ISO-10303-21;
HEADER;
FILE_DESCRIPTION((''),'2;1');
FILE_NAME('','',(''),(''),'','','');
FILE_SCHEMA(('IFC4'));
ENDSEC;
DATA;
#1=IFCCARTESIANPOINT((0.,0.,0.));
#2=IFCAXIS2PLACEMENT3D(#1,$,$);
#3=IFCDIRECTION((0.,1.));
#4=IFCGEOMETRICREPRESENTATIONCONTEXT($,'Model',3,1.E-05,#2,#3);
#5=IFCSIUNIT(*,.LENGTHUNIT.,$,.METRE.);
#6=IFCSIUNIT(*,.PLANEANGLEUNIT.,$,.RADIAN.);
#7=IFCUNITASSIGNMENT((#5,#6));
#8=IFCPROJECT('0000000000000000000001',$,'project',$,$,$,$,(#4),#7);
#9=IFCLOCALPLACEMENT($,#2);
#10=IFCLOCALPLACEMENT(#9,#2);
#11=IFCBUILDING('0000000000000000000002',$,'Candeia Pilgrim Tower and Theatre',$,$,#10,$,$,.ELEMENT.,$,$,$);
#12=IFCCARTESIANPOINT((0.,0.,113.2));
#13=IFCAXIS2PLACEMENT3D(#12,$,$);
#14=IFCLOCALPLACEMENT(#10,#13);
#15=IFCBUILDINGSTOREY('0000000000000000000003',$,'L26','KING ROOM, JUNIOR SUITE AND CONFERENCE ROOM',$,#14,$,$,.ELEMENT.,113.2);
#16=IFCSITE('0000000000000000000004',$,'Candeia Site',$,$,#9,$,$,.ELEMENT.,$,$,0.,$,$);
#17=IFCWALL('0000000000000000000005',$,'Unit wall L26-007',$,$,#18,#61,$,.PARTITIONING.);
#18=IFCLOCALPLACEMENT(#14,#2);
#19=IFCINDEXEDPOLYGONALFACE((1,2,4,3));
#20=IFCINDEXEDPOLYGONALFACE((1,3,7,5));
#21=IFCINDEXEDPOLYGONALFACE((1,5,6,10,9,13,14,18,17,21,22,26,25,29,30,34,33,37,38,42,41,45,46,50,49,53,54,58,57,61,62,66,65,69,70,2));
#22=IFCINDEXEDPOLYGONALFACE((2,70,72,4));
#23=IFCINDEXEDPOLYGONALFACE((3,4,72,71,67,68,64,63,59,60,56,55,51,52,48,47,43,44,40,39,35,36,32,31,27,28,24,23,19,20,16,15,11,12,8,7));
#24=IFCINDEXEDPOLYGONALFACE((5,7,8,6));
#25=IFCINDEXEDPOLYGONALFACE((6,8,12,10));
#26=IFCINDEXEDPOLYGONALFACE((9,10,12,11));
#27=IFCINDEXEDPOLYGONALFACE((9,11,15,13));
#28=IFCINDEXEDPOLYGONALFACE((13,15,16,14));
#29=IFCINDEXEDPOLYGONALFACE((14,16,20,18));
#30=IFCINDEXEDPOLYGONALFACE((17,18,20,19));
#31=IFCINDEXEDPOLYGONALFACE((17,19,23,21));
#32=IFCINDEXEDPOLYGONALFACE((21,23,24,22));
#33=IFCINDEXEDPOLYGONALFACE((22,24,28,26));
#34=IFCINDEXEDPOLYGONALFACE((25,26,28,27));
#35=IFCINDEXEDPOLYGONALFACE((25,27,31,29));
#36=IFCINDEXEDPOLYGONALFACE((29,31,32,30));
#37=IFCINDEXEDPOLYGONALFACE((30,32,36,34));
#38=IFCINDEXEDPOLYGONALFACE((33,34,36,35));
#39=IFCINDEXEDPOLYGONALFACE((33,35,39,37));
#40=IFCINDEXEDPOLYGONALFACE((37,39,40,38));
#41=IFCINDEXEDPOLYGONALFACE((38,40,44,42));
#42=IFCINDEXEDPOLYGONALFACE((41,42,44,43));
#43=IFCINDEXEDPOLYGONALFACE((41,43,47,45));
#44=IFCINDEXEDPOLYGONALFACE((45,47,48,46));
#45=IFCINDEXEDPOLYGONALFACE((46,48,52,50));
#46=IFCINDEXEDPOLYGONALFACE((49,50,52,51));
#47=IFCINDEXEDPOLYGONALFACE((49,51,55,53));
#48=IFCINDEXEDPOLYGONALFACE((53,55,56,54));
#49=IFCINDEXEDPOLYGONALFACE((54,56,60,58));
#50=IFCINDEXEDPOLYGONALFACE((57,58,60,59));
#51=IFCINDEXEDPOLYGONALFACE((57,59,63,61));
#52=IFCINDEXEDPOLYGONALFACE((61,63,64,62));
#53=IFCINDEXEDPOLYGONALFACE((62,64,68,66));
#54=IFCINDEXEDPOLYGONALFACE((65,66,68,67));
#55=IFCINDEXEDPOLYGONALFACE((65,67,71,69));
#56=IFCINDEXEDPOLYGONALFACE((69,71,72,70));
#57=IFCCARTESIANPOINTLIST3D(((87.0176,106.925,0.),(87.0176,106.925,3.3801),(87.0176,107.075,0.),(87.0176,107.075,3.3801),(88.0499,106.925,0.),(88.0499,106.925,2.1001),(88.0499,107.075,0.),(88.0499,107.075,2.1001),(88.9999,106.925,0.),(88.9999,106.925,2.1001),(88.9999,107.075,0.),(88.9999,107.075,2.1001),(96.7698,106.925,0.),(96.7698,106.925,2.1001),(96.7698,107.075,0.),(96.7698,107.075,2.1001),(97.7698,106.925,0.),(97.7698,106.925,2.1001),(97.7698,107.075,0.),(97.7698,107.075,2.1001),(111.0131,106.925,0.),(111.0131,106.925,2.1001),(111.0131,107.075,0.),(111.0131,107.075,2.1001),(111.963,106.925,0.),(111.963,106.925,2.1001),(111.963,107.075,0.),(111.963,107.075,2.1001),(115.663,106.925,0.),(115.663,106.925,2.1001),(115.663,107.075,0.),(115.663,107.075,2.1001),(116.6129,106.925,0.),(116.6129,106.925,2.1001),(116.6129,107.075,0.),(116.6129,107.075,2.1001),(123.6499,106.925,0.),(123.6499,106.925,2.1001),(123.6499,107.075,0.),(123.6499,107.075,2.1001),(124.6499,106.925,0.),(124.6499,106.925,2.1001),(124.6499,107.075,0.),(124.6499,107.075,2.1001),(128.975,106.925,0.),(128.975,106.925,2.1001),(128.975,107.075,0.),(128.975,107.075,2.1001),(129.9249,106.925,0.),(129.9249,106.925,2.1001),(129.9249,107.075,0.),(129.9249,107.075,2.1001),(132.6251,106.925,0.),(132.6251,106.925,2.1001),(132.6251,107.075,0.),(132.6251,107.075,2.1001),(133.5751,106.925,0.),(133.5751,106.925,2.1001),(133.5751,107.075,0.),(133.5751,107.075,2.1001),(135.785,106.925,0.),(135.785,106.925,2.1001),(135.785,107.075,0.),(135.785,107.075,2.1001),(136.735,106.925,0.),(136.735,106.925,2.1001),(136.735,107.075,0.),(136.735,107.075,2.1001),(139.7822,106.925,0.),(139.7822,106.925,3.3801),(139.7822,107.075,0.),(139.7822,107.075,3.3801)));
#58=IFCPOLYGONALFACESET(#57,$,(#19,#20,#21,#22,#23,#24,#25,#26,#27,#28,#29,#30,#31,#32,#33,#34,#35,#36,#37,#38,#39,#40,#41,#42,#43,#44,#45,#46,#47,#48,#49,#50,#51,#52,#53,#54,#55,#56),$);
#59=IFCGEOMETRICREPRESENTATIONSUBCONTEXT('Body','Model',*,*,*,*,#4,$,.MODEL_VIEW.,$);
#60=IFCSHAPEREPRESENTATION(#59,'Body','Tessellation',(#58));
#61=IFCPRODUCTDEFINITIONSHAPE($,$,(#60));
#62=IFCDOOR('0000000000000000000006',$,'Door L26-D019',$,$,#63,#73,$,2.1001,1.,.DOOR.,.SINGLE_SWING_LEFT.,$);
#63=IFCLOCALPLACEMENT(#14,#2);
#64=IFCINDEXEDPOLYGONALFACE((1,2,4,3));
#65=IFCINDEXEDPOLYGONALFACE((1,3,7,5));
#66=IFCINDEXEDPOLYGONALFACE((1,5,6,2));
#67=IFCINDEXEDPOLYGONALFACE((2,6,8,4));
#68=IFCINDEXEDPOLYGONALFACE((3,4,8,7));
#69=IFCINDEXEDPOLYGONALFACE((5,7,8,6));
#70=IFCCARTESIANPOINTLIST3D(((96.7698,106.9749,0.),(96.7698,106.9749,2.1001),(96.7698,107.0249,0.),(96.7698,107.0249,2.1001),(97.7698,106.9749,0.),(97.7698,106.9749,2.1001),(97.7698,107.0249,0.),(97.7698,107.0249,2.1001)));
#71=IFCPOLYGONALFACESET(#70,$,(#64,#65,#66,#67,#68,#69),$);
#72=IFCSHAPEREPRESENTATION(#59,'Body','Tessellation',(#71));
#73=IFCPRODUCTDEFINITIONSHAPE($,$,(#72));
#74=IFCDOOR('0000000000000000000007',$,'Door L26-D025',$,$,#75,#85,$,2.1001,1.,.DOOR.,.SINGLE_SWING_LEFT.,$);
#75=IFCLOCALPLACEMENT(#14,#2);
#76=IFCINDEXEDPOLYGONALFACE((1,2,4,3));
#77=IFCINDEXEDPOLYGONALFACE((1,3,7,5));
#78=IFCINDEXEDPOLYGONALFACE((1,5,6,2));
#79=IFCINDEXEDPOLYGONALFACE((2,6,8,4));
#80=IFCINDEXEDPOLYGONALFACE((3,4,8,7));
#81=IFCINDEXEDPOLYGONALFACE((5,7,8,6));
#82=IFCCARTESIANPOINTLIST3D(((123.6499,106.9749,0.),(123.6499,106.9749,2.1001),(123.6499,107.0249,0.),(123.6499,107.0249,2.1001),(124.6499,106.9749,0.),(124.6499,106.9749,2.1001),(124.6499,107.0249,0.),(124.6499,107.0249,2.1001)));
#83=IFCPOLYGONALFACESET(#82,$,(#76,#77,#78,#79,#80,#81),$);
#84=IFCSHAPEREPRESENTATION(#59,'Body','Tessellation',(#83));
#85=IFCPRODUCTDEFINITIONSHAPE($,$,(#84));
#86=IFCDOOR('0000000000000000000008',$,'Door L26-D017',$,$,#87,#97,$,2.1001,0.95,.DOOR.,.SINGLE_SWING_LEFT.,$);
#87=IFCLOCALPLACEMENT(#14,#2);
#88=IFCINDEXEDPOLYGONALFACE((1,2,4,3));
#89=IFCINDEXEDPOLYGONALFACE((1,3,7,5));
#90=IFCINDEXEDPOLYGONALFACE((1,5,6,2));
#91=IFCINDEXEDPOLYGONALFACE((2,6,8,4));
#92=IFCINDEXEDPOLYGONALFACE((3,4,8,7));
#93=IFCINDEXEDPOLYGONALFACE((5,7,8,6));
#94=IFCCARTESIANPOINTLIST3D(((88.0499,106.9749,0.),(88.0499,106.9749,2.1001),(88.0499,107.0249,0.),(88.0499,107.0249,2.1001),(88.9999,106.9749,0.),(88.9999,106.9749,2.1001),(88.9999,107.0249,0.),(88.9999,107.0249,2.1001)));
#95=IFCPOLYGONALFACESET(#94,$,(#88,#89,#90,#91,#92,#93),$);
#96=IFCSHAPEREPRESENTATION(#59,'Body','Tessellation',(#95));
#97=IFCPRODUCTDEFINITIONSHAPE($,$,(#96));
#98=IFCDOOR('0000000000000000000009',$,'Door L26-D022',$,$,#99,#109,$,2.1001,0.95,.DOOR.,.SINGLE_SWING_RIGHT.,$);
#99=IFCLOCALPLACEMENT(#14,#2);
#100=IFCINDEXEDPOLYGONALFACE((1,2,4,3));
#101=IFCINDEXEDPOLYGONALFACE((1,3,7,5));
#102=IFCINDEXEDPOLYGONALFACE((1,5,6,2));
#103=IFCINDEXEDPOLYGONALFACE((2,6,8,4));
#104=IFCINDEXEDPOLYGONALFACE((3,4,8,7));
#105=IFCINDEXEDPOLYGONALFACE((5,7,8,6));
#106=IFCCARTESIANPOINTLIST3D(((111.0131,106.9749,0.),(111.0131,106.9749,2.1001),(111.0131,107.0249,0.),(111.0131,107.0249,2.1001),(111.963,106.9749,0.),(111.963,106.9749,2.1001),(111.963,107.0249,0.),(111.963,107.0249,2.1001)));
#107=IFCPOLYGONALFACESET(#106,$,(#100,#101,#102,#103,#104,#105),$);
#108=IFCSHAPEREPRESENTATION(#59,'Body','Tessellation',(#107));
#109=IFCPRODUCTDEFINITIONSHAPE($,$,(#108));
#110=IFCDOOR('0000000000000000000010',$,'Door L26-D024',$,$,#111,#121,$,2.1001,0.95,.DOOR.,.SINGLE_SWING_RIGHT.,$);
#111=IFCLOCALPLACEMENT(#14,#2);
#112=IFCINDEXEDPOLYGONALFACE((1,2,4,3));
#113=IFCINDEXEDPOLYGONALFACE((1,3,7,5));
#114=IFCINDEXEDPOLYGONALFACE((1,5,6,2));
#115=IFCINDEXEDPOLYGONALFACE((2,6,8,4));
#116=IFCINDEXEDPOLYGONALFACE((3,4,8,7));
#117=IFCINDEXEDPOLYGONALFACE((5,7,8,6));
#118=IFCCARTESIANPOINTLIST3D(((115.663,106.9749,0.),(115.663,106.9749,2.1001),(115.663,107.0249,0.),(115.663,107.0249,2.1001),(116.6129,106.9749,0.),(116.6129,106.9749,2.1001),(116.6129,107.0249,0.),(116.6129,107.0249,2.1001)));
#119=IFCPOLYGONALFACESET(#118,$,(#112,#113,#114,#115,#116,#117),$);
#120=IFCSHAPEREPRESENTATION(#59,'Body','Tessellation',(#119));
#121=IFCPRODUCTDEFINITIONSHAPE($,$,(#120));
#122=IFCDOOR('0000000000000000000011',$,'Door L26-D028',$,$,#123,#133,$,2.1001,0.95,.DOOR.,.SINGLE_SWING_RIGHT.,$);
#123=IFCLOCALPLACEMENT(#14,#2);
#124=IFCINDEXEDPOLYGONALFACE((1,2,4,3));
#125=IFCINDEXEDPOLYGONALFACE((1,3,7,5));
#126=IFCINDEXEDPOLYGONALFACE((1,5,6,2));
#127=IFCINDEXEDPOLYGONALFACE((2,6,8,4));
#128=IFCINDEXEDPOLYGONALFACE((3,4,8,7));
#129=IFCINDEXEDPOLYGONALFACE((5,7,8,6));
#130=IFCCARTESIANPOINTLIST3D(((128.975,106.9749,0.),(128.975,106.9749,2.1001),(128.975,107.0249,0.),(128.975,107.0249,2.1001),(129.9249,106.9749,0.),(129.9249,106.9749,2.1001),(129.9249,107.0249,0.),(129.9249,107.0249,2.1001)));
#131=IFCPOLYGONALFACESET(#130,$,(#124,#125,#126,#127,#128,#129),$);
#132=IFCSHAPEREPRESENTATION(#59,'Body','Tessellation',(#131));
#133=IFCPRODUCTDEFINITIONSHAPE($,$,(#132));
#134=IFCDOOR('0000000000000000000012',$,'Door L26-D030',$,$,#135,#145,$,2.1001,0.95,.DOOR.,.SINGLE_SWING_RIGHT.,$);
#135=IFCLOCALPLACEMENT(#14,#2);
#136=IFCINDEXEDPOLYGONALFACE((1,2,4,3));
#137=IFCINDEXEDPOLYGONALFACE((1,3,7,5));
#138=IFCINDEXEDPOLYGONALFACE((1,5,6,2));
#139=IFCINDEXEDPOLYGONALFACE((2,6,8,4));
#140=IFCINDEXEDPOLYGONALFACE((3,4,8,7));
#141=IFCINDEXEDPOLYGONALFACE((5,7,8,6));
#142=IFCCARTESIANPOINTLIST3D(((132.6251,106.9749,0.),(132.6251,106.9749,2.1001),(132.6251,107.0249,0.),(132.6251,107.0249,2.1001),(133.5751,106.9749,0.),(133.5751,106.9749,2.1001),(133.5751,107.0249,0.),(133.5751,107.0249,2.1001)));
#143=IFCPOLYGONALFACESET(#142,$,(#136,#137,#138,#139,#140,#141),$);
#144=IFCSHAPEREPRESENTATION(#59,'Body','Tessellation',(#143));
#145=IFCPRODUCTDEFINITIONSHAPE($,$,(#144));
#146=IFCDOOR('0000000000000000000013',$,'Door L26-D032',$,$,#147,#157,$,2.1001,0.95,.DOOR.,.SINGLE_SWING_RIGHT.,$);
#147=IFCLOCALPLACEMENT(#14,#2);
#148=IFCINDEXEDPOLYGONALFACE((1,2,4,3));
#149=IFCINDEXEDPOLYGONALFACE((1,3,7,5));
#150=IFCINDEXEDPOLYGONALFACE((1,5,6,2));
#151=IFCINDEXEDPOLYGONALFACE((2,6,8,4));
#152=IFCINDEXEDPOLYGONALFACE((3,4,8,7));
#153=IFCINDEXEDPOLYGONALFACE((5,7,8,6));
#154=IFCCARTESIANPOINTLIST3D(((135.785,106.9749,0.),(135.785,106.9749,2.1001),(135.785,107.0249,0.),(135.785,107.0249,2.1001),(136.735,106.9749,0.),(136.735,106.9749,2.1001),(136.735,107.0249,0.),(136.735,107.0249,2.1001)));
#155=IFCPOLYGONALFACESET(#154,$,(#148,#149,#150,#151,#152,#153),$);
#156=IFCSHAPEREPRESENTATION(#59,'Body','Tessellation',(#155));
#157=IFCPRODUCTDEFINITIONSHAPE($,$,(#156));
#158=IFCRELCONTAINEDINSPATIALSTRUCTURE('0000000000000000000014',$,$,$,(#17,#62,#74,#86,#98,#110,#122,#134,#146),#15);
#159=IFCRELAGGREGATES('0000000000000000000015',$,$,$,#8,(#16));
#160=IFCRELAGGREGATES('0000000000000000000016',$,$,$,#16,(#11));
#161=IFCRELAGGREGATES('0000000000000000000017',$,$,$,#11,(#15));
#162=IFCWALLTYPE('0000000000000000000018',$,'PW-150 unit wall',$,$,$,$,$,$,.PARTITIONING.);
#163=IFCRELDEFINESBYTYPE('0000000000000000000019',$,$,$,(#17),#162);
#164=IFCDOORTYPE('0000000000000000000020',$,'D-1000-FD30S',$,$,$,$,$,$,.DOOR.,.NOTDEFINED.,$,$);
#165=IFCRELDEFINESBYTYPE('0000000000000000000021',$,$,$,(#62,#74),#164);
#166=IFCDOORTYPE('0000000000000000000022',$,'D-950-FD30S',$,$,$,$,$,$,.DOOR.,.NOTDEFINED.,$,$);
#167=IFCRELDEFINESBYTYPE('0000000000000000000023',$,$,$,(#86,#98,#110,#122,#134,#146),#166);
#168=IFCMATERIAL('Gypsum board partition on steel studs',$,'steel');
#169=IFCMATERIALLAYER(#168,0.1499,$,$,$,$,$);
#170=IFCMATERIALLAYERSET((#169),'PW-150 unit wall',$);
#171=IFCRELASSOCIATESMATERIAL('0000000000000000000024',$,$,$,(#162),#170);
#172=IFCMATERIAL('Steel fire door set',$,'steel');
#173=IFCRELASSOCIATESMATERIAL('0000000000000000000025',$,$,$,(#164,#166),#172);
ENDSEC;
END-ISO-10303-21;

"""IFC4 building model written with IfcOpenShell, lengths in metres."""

from ifc_helpers import new_model, si_unit, direction, frame, frame_2d, origin, place, context, subcontext, project, spatial, rectangle, extrude, material, layer, layer_set, type_object, element, fill, save


model = new_model("IFC4")

# Units and contexts
model_context = context("Model", 3, precision=1e-05, world=origin(), true_north=direction((0.0, 1.0)))
body_context = subcontext(model_context, "Body", "Model", "MODEL_VIEW")
ifc_project = project(units=[si_unit("LENGTHUNIT", "METRE"), si_unit("PLANEANGLEUNIT", "RADIAN")], contexts=[model_context])

# Site, building, storey
site_placement = place(None, origin())
site = spatial("IfcSite", under=ifc_project, at=site_placement, Name="Candeia Site", CompositionType="ELEMENT", RefElevation=0.0)
building_placement = place(site_placement, origin())
building = spatial("IfcBuilding", under=site, at=building_placement, Name="Candeia Pilgrim Tower and Theatre", CompositionType="ELEMENT")
storey_placement = place(building_placement, frame((0.0, 0.0, 113.2)))
storey = spatial("IfcBuildingStorey", under=building, at=storey_placement, Name="L26", Description="KING ROOM, JUNIOR SUITE AND CONFERENCE ROOM", CompositionType="ELEMENT", Elevation=113.2)

# Shared definitions
ifc_material_1 = material(Name="Gypsum board partition on steel studs", Category="steel")

# Wall, openings, doors
ifc_layer_1 = layer(ifc_material_1, 0.1499)
ifc_layer_set_1 = layer_set([ifc_layer_1], Name="PW-150 unit wall")
wall_type_1 = type_object("IfcWallType", Name="PW-150 unit wall", PredefinedType="PARTITIONING", material=ifc_layer_set_1)
wall_1_placement = place(storey_placement, frame((87.0176, 107.0, 0.0), z_axis=(0.0, 0.0, 1.0), x_axis=(1.0, 0.0, 0.0)))
wall_1 = element("IfcWall", 1, at=wall_1_placement, inside=storey, type_object=wall_type_1, Name="Unit wall L26-007", PredefinedType="PARTITIONING", context=body_context, shape_type="SweptSolid", body=[
    extrude(rectangle(XDim=52.7646, YDim=0.1499, at=frame_2d((26.3823, 0.0))), origin(), (0.0, 0.0, 1.0), 3.3801),
])
opening_1_placement = place(wall_1_placement, frame((1.0322, 0.0, 0.0)))
opening_1 = element("IfcOpeningElement", 2, at=opening_1_placement, cuts=wall_1, PredefinedType="OPENING", context=body_context, shape_type="SweptSolid", body=[
    extrude(rectangle(XDim=0.95, YDim=2.1001, at=frame_2d((0.4751, 1.05))), frame((0.0, 0.085, 0.0), z_axis=(0.0, -1.0, 0.0), x_axis=(1.0, 0.0, 0.0)), (0.0, 0.0, 1.0), 0.1699),
])
opening_2_placement = place(wall_1_placement, frame((9.7522, 0.0, 0.0)))
opening_2 = element("IfcOpeningElement", 3, at=opening_2_placement, cuts=wall_1, PredefinedType="OPENING", context=body_context, shape_type="SweptSolid", body=[
    extrude(rectangle(XDim=1.0, YDim=2.1001, at=frame_2d((0.5, 1.05))), frame((0.0, 0.085, 0.0), z_axis=(0.0, -1.0, 0.0), x_axis=(1.0, 0.0, 0.0)), (0.0, 0.0, 1.0), 0.1699),
])
opening_3_placement = place(wall_1_placement, frame((23.9954, 0.0, 0.0)))
opening_3 = element("IfcOpeningElement", 4, at=opening_3_placement, cuts=wall_1, PredefinedType="OPENING", context=body_context, shape_type="SweptSolid", body=[
    extrude(rectangle(XDim=0.95, YDim=2.1001, at=frame_2d((0.4751, 1.05))), frame((0.0, 0.085, 0.0), z_axis=(0.0, -1.0, 0.0), x_axis=(1.0, 0.0, 0.0)), (0.0, 0.0, 1.0), 0.1699),
])
opening_4_placement = place(wall_1_placement, frame((28.6453, 0.0, 0.0)))
opening_4 = element("IfcOpeningElement", 5, at=opening_4_placement, cuts=wall_1, PredefinedType="OPENING", context=body_context, shape_type="SweptSolid", body=[
    extrude(rectangle(XDim=0.95, YDim=2.1001, at=frame_2d((0.4751, 1.05))), frame((0.0, 0.085, 0.0), z_axis=(0.0, -1.0, 0.0), x_axis=(1.0, 0.0, 0.0)), (0.0, 0.0, 1.0), 0.1699),
])
opening_5_placement = place(wall_1_placement, frame((36.6323, 0.0, 0.0)))
opening_5 = element("IfcOpeningElement", 6, at=opening_5_placement, cuts=wall_1, PredefinedType="OPENING", context=body_context, shape_type="SweptSolid", body=[
    extrude(rectangle(XDim=1.0, YDim=2.1001, at=frame_2d((0.5, 1.05))), frame((0.0, 0.085, 0.0), z_axis=(0.0, -1.0, 0.0), x_axis=(1.0, 0.0, 0.0)), (0.0, 0.0, 1.0), 0.1699),
])
opening_6_placement = place(wall_1_placement, frame((41.9573, 0.0, 0.0)))
opening_6 = element("IfcOpeningElement", 7, at=opening_6_placement, cuts=wall_1, PredefinedType="OPENING", context=body_context, shape_type="SweptSolid", body=[
    extrude(rectangle(XDim=0.95, YDim=2.1001, at=frame_2d((0.4751, 1.05))), frame((0.0, 0.085, 0.0), z_axis=(0.0, -1.0, 0.0), x_axis=(1.0, 0.0, 0.0)), (0.0, 0.0, 1.0), 0.1699),
])
opening_7_placement = place(wall_1_placement, frame((45.6074, 0.0, 0.0)))
opening_7 = element("IfcOpeningElement", 8, at=opening_7_placement, cuts=wall_1, PredefinedType="OPENING", context=body_context, shape_type="SweptSolid", body=[
    extrude(rectangle(XDim=0.95, YDim=2.1001, at=frame_2d((0.4751, 1.05))), frame((0.0, 0.085, 0.0), z_axis=(0.0, -1.0, 0.0), x_axis=(1.0, 0.0, 0.0)), (0.0, 0.0, 1.0), 0.1699),
])
opening_8_placement = place(wall_1_placement, frame((48.7673, 0.0, 0.0)))
opening_8 = element("IfcOpeningElement", 9, at=opening_8_placement, cuts=wall_1, PredefinedType="OPENING", context=body_context, shape_type="SweptSolid", body=[
    extrude(rectangle(XDim=0.95, YDim=2.1001, at=frame_2d((0.4751, 1.05))), frame((0.0, 0.085, 0.0), z_axis=(0.0, -1.0, 0.0), x_axis=(1.0, 0.0, 0.0)), (0.0, 0.0, 1.0), 0.1699),
])
ifc_material_2 = material(Name="Steel fire door set", Category="steel")
door_type_1 = type_object("IfcDoorType", Name="D-1000-FD30S", OperationType="NOTDEFINED", PredefinedType="DOOR", material=ifc_material_2)
door_1_placement = place(opening_2_placement, origin())
door_1 = element("IfcDoor", 10, at=door_1_placement, inside=storey, type_object=door_type_1, Name="Door L26-D019", OperationType="SINGLE_SWING_LEFT", OverallHeight=2.1001, OverallWidth=1.0, PredefinedType="DOOR", context=body_context, shape_type="SweptSolid", body=[
    extrude(rectangle(XDim=1.0, YDim=2.1001, at=frame_2d((0.5, 1.05))), frame((0.0, 0.0249, 0.0), z_axis=(0.0, -1.0, 0.0), x_axis=(1.0, 0.0, 0.0)), (0.0, 0.0, 1.0), 0.05),
])
fill(opening_2, door_1)
door_2_placement = place(opening_5_placement, origin())
door_2 = element("IfcDoor", 11, at=door_2_placement, inside=storey, type_object=door_type_1, Name="Door L26-D025", OperationType="SINGLE_SWING_LEFT", OverallHeight=2.1001, OverallWidth=1.0, PredefinedType="DOOR", context=body_context, shape_type="SweptSolid", body=[
    extrude(rectangle(XDim=1.0, YDim=2.1001, at=frame_2d((0.5, 1.05))), frame((0.0, 0.0249, 0.0), z_axis=(0.0, -1.0, 0.0), x_axis=(1.0, 0.0, 0.0)), (0.0, 0.0, 1.0), 0.05),
])
fill(opening_5, door_2)
door_type_2 = type_object("IfcDoorType", Name="D-950-FD30S", OperationType="NOTDEFINED", PredefinedType="DOOR", material=ifc_material_2)
door_3_placement = place(opening_1_placement, origin())
door_3 = element("IfcDoor", 12, at=door_3_placement, inside=storey, type_object=door_type_2, Name="Door L26-D017", OperationType="SINGLE_SWING_LEFT", OverallHeight=2.1001, OverallWidth=0.95, PredefinedType="DOOR", context=body_context, shape_type="SweptSolid", body=[
    extrude(rectangle(XDim=0.95, YDim=2.1001, at=frame_2d((0.4751, 1.05))), frame((0.0, 0.0249, 0.0), z_axis=(0.0, -1.0, 0.0), x_axis=(1.0, 0.0, 0.0)), (0.0, 0.0, 1.0), 0.05),
])
fill(opening_1, door_3)
door_4_placement = place(opening_3_placement, origin())
door_4 = element("IfcDoor", 13, at=door_4_placement, inside=storey, type_object=door_type_2, Name="Door L26-D022", OperationType="SINGLE_SWING_RIGHT", OverallHeight=2.1001, OverallWidth=0.95, PredefinedType="DOOR", context=body_context, shape_type="SweptSolid", body=[
    extrude(rectangle(XDim=0.95, YDim=2.1001, at=frame_2d((0.4751, 1.05))), frame((0.0, 0.0249, 0.0), z_axis=(0.0, -1.0, 0.0), x_axis=(1.0, 0.0, 0.0)), (0.0, 0.0, 1.0), 0.05),
])
fill(opening_3, door_4)
door_5_placement = place(opening_4_placement, origin())
door_5 = element("IfcDoor", 14, at=door_5_placement, inside=storey, type_object=door_type_2, Name="Door L26-D024", OperationType="SINGLE_SWING_RIGHT", OverallHeight=2.1001, OverallWidth=0.95, PredefinedType="DOOR", context=body_context, shape_type="SweptSolid", body=[
    extrude(rectangle(XDim=0.95, YDim=2.1001, at=frame_2d((0.4751, 1.05))), frame((0.0, 0.0249, 0.0), z_axis=(0.0, -1.0, 0.0), x_axis=(1.0, 0.0, 0.0)), (0.0, 0.0, 1.0), 0.05),
])
fill(opening_4, door_5)
door_6_placement = place(opening_6_placement, origin())
door_6 = element("IfcDoor", 15, at=door_6_placement, inside=storey, type_object=door_type_2, Name="Door L26-D028", OperationType="SINGLE_SWING_RIGHT", OverallHeight=2.1001, OverallWidth=0.95, PredefinedType="DOOR", context=body_context, shape_type="SweptSolid", body=[
    extrude(rectangle(XDim=0.95, YDim=2.1001, at=frame_2d((0.4751, 1.05))), frame((0.0, 0.0249, 0.0), z_axis=(0.0, -1.0, 0.0), x_axis=(1.0, 0.0, 0.0)), (0.0, 0.0, 1.0), 0.05),
])
fill(opening_6, door_6)
door_7_placement = place(opening_7_placement, origin())
door_7 = element("IfcDoor", 16, at=door_7_placement, inside=storey, type_object=door_type_2, Name="Door L26-D030", OperationType="SINGLE_SWING_RIGHT", OverallHeight=2.1001, OverallWidth=0.95, PredefinedType="DOOR", context=body_context, shape_type="SweptSolid", body=[
    extrude(rectangle(XDim=0.95, YDim=2.1001, at=frame_2d((0.4751, 1.05))), frame((0.0, 0.0249, 0.0), z_axis=(0.0, -1.0, 0.0), x_axis=(1.0, 0.0, 0.0)), (0.0, 0.0, 1.0), 0.05),
])
fill(opening_7, door_7)
door_8_placement = place(opening_8_placement, origin())
door_8 = element("IfcDoor", 17, at=door_8_placement, inside=storey, type_object=door_type_2, Name="Door L26-D032", OperationType="SINGLE_SWING_RIGHT", OverallHeight=2.1001, OverallWidth=0.95, PredefinedType="DOOR", context=body_context, shape_type="SweptSolid", body=[
    extrude(rectangle(XDim=0.95, YDim=2.1001, at=frame_2d((0.4751, 1.05))), frame((0.0, 0.0249, 0.0), z_axis=(0.0, -1.0, 0.0), x_axis=(1.0, 0.0, 0.0)), (0.0, 0.0, 1.0), 0.05),
])
fill(opening_8, door_8)

save(model, "model.ifc")
